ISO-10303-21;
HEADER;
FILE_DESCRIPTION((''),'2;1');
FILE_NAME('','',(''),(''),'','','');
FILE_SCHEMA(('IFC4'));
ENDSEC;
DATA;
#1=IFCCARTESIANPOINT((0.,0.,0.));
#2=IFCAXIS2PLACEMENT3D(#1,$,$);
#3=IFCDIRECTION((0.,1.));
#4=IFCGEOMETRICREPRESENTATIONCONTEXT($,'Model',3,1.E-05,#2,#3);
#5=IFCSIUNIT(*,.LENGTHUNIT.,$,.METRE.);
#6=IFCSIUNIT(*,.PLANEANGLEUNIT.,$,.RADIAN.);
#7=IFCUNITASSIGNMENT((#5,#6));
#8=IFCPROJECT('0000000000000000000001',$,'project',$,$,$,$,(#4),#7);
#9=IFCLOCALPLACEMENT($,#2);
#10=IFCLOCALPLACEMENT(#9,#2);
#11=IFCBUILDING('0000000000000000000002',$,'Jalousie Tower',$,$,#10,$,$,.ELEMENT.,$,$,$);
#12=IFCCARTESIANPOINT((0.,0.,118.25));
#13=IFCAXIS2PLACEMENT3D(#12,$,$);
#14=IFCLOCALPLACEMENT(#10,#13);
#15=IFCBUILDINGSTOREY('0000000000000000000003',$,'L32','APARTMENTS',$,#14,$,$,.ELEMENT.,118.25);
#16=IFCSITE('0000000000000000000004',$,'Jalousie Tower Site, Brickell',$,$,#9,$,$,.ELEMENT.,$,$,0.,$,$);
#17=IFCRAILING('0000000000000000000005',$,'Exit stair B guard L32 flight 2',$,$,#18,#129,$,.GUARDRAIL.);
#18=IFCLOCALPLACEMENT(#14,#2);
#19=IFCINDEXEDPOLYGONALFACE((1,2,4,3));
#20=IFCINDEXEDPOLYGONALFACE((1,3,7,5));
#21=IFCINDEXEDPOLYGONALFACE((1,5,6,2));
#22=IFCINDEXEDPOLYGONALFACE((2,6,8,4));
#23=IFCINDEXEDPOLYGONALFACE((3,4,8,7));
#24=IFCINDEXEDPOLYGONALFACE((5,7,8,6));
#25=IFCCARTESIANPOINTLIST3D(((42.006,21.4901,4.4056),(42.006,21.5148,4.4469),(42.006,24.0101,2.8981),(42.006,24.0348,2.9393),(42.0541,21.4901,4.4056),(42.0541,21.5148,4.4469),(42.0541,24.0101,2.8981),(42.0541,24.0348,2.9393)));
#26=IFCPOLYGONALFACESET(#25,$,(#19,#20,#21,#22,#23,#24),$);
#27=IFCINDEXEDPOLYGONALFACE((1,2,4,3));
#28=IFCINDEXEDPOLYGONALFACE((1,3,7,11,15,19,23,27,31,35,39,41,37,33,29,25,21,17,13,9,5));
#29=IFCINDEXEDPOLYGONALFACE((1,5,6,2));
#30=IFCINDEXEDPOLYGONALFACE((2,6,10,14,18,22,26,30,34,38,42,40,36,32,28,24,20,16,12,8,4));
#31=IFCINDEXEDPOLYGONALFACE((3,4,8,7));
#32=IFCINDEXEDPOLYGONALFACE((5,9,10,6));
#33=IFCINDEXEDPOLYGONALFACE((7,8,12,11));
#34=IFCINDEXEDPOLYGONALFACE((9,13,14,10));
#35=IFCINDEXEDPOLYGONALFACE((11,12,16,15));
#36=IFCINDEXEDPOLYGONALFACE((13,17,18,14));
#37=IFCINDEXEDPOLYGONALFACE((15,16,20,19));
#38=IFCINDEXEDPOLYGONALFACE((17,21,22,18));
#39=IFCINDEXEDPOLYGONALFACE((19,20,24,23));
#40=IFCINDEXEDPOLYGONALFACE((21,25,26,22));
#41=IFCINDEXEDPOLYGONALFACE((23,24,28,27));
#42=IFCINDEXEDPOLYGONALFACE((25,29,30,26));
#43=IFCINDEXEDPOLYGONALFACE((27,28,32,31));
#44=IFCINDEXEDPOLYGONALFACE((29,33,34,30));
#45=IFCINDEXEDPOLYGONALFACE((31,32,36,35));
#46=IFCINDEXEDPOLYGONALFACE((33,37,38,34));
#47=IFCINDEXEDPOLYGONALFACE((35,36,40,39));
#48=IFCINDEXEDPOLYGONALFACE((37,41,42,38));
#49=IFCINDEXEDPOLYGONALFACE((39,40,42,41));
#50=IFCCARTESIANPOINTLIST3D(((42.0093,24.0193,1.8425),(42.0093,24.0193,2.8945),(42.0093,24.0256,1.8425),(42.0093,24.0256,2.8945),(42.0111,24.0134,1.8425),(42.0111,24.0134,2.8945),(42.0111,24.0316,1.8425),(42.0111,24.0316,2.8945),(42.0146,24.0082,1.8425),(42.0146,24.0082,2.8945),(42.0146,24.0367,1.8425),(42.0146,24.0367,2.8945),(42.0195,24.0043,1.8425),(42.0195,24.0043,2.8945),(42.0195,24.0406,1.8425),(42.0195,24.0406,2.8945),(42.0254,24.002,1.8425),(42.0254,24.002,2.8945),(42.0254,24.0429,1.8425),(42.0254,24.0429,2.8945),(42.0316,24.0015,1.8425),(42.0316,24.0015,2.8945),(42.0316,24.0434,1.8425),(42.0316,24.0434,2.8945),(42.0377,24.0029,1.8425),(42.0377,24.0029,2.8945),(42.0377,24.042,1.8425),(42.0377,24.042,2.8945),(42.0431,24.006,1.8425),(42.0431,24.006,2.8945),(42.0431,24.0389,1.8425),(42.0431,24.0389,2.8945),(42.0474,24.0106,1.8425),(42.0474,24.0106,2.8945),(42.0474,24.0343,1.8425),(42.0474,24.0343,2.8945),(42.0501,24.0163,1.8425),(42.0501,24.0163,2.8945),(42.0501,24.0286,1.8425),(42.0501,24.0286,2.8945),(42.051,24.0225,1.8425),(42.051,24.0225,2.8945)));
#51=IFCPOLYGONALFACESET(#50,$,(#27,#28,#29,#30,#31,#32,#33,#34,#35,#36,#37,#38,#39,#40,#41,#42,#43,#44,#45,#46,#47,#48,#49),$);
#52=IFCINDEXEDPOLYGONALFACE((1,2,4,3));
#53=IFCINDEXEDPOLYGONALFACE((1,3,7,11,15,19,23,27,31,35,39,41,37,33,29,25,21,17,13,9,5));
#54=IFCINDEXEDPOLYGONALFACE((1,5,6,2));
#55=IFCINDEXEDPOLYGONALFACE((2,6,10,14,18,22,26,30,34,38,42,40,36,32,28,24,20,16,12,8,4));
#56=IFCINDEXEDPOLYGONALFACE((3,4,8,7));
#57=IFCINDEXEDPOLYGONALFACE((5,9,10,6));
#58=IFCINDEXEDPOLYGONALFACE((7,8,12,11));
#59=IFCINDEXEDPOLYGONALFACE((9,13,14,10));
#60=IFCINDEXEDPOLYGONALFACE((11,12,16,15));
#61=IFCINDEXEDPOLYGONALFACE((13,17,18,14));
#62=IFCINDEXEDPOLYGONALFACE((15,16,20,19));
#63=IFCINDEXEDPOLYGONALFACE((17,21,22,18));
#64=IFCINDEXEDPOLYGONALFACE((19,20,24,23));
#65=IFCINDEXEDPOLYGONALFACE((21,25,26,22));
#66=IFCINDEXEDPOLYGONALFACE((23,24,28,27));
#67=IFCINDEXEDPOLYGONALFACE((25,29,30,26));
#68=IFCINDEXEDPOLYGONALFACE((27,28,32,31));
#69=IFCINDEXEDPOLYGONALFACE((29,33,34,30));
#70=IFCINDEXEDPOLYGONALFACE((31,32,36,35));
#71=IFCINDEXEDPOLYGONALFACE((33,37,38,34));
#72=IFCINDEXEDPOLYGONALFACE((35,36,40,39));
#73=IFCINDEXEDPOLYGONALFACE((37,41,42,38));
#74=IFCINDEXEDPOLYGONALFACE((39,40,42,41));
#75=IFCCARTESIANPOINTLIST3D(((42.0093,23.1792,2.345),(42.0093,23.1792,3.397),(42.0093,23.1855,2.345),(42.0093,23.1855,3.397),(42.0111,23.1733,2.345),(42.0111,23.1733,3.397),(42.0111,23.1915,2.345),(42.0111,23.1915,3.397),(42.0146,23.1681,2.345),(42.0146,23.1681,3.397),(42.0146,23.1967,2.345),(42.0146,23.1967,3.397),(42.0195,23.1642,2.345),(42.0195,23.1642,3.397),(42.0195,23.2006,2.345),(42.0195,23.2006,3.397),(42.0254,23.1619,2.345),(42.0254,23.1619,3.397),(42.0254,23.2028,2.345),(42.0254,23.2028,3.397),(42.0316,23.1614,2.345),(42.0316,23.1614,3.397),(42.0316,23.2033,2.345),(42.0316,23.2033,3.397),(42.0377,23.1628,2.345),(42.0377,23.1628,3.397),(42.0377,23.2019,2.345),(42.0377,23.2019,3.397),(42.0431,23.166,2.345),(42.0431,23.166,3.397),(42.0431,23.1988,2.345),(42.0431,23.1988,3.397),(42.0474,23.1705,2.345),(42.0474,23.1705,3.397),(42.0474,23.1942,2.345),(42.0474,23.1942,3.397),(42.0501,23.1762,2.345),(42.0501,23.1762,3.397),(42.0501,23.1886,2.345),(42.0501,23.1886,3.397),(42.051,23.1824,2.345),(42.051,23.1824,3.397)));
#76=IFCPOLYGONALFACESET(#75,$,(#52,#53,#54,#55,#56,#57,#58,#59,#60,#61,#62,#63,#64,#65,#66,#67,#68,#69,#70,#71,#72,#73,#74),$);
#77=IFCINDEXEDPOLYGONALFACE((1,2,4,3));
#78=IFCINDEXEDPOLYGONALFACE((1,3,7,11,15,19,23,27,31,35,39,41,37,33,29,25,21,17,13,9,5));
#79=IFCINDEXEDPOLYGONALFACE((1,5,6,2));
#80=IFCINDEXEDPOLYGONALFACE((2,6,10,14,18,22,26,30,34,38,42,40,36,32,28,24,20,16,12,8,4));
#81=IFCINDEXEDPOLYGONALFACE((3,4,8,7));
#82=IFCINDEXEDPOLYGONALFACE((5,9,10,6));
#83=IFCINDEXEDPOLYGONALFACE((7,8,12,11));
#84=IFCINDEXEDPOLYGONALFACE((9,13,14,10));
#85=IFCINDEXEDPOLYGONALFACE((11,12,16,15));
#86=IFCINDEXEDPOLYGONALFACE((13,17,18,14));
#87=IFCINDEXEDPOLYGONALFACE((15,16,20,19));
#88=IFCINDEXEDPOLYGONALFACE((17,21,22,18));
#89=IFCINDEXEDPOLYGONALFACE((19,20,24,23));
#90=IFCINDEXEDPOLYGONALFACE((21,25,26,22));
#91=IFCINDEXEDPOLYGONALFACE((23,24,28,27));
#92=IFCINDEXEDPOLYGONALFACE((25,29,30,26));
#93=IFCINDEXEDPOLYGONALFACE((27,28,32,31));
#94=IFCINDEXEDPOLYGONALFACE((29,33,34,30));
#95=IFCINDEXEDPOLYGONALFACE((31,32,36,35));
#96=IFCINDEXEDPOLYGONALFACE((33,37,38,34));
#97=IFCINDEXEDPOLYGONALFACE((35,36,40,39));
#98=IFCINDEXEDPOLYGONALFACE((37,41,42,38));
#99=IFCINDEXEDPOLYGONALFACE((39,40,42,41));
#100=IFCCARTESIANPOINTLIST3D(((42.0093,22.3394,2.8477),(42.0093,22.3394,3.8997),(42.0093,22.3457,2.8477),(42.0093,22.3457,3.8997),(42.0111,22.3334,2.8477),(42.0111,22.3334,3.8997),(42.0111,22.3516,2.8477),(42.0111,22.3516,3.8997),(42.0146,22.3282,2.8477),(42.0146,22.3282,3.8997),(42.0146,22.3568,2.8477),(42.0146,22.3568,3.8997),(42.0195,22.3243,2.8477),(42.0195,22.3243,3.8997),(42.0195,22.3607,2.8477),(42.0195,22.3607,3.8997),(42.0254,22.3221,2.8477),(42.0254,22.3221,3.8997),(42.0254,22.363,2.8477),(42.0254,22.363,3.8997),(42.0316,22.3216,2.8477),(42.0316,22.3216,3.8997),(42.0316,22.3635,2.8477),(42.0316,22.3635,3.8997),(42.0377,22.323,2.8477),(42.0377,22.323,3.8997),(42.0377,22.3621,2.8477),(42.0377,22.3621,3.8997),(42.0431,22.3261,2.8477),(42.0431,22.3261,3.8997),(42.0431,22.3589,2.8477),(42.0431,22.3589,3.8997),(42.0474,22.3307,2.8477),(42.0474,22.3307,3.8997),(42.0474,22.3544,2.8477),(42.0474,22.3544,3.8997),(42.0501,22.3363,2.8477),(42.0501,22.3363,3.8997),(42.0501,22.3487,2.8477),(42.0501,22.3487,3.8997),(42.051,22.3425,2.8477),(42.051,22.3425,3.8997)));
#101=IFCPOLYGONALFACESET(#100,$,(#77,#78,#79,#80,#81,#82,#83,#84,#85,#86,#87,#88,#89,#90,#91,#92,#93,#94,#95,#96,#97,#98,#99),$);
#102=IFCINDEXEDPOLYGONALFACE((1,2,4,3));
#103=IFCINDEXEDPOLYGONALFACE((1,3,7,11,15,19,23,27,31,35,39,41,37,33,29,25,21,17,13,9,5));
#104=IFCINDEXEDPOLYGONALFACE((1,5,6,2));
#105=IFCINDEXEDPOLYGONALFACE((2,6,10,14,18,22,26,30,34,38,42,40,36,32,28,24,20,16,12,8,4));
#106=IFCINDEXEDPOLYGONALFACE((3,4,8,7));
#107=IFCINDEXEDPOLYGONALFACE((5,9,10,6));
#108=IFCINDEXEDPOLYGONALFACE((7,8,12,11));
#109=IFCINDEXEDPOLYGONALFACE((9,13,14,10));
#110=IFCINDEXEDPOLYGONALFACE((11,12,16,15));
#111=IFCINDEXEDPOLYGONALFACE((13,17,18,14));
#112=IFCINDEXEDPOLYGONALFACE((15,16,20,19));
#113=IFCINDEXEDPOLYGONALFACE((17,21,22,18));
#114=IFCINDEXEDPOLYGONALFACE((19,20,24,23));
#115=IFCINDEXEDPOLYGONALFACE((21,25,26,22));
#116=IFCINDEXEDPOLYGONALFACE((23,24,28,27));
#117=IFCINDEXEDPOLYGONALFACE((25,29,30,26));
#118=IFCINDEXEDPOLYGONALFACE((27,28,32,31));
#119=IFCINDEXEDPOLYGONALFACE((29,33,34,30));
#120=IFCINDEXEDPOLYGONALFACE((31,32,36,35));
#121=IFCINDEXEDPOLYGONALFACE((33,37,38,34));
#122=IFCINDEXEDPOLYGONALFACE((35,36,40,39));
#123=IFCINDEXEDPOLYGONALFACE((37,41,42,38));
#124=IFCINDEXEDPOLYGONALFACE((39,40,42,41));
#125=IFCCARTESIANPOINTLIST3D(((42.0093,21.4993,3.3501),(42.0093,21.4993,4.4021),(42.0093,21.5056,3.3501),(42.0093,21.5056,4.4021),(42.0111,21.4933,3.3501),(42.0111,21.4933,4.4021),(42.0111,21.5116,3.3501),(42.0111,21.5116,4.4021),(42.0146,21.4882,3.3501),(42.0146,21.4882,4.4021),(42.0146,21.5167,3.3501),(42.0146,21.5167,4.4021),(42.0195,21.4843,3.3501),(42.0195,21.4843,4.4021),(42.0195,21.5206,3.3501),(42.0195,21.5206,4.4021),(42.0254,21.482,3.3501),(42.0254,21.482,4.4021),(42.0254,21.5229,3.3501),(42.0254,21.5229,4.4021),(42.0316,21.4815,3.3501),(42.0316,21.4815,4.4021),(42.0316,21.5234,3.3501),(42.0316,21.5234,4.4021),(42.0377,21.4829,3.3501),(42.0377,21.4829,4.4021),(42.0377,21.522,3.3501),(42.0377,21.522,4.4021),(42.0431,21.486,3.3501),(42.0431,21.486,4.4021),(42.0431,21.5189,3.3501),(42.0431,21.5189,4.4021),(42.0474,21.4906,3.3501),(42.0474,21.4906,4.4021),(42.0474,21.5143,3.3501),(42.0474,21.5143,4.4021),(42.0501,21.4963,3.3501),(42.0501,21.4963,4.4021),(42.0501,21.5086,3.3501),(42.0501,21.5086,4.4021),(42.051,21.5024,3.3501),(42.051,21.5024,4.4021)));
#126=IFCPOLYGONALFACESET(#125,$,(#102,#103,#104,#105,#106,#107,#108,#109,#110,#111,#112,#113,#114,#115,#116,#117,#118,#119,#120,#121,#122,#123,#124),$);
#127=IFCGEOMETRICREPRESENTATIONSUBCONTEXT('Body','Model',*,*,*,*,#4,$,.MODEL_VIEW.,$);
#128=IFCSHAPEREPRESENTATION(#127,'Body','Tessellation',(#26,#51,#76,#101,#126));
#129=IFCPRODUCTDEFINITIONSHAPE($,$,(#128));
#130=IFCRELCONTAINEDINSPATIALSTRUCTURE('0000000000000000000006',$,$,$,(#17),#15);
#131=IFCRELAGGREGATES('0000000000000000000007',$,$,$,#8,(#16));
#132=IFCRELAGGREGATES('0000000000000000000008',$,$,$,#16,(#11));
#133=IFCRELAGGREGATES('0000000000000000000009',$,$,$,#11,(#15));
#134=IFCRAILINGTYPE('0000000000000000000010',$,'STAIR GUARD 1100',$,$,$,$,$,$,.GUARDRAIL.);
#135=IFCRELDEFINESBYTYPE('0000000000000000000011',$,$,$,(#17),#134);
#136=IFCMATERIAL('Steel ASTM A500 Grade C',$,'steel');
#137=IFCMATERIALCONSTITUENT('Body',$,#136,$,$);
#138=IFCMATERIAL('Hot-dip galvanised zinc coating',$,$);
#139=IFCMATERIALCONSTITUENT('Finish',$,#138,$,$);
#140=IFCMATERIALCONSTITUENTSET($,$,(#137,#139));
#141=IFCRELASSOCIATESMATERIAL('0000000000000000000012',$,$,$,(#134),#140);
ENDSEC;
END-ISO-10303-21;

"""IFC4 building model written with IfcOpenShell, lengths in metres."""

from ifc_helpers import new_model, si_unit, direction, frame, origin, origin_2d, place, context, subcontext, project, spatial, rectangle, circle, extrude, material, constituent, constituent_set, type_object, element, save


model = new_model("IFC4")

# Units and contexts
model_context = context("Model", 3, precision=1e-05, world=origin(), true_north=direction((0.0, 1.0)))
body_context = subcontext(model_context, "Body", "Model", "MODEL_VIEW")
ifc_project = project(units=[si_unit("LENGTHUNIT", "METRE"), si_unit("PLANEANGLEUNIT", "RADIAN")], contexts=[model_context])

# Site, building, storey
site_placement = place(None, origin())
site = spatial("IfcSite", under=ifc_project, at=site_placement, Name="Jalousie Tower Site, Brickell", CompositionType="ELEMENT", RefElevation=0.0)
building_placement = place(site_placement, origin())
building = spatial("IfcBuilding", under=site, at=building_placement, Name="Jalousie Tower", CompositionType="ELEMENT")
storey_placement = place(building_placement, frame((0.0, 0.0, 118.25)))
storey = spatial("IfcBuildingStorey", under=building, at=storey_placement, Name="L32", Description="APARTMENTS", CompositionType="ELEMENT", Elevation=118.25)

# Railing
ifc_material_1 = material(Name="Steel ASTM A500 Grade C", Category="steel")
ifc_constituent_1 = constituent(ifc_material_1, Name="Body")
ifc_material_2 = material(Name="Hot-dip galvanised zinc coating")
ifc_constituent_2 = constituent(ifc_material_2, Name="Finish")
ifc_constituent_set_1 = constituent_set(constituents=[ifc_constituent_1, ifc_constituent_2])
railing_type_1 = type_object("IfcRailingType", Name="STAIR GUARD 1100", PredefinedType="GUARDRAIL", material=ifc_constituent_set_1)
railing_1_placement = place(storey_placement, frame((42.03, 24.0225, 1.8425)))
element("IfcRailing", 1, at=railing_1_placement, inside=storey, type_object=railing_type_1, Name="Exit stair B guard L32 flight 2", PredefinedType="GUARDRAIL", context=body_context, shape_type="SweptSolid", body=[
    extrude(rectangle(XDim=0.0481, YDim=0.0481, at=origin_2d()), frame((0.0, 0.0, 1.0762), z_axis=(0.0, -0.85816, 0.513383), x_axis=(1.0, 0.0, 0.0)), (0.0, 0.0, 1.0), 2.9365),
    extrude(circle(Radius=0.021, at=origin_2d()), origin(), (0.0, 0.0, 1.0), 1.052),
    extrude(circle(Radius=0.021, at=origin_2d()), frame((0.0, -0.8401, 0.5024)), (0.0, 0.0, 1.0), 1.052),
    extrude(circle(Radius=0.021, at=origin_2d()), frame((0.0, -1.6799, 1.0051)), (0.0, 0.0, 1.0), 1.052),
    extrude(circle(Radius=0.021, at=origin_2d()), frame((0.0, -2.52, 1.5076)), (0.0, 0.0, 1.0), 1.052),
])

save(model, "model.ifc")
